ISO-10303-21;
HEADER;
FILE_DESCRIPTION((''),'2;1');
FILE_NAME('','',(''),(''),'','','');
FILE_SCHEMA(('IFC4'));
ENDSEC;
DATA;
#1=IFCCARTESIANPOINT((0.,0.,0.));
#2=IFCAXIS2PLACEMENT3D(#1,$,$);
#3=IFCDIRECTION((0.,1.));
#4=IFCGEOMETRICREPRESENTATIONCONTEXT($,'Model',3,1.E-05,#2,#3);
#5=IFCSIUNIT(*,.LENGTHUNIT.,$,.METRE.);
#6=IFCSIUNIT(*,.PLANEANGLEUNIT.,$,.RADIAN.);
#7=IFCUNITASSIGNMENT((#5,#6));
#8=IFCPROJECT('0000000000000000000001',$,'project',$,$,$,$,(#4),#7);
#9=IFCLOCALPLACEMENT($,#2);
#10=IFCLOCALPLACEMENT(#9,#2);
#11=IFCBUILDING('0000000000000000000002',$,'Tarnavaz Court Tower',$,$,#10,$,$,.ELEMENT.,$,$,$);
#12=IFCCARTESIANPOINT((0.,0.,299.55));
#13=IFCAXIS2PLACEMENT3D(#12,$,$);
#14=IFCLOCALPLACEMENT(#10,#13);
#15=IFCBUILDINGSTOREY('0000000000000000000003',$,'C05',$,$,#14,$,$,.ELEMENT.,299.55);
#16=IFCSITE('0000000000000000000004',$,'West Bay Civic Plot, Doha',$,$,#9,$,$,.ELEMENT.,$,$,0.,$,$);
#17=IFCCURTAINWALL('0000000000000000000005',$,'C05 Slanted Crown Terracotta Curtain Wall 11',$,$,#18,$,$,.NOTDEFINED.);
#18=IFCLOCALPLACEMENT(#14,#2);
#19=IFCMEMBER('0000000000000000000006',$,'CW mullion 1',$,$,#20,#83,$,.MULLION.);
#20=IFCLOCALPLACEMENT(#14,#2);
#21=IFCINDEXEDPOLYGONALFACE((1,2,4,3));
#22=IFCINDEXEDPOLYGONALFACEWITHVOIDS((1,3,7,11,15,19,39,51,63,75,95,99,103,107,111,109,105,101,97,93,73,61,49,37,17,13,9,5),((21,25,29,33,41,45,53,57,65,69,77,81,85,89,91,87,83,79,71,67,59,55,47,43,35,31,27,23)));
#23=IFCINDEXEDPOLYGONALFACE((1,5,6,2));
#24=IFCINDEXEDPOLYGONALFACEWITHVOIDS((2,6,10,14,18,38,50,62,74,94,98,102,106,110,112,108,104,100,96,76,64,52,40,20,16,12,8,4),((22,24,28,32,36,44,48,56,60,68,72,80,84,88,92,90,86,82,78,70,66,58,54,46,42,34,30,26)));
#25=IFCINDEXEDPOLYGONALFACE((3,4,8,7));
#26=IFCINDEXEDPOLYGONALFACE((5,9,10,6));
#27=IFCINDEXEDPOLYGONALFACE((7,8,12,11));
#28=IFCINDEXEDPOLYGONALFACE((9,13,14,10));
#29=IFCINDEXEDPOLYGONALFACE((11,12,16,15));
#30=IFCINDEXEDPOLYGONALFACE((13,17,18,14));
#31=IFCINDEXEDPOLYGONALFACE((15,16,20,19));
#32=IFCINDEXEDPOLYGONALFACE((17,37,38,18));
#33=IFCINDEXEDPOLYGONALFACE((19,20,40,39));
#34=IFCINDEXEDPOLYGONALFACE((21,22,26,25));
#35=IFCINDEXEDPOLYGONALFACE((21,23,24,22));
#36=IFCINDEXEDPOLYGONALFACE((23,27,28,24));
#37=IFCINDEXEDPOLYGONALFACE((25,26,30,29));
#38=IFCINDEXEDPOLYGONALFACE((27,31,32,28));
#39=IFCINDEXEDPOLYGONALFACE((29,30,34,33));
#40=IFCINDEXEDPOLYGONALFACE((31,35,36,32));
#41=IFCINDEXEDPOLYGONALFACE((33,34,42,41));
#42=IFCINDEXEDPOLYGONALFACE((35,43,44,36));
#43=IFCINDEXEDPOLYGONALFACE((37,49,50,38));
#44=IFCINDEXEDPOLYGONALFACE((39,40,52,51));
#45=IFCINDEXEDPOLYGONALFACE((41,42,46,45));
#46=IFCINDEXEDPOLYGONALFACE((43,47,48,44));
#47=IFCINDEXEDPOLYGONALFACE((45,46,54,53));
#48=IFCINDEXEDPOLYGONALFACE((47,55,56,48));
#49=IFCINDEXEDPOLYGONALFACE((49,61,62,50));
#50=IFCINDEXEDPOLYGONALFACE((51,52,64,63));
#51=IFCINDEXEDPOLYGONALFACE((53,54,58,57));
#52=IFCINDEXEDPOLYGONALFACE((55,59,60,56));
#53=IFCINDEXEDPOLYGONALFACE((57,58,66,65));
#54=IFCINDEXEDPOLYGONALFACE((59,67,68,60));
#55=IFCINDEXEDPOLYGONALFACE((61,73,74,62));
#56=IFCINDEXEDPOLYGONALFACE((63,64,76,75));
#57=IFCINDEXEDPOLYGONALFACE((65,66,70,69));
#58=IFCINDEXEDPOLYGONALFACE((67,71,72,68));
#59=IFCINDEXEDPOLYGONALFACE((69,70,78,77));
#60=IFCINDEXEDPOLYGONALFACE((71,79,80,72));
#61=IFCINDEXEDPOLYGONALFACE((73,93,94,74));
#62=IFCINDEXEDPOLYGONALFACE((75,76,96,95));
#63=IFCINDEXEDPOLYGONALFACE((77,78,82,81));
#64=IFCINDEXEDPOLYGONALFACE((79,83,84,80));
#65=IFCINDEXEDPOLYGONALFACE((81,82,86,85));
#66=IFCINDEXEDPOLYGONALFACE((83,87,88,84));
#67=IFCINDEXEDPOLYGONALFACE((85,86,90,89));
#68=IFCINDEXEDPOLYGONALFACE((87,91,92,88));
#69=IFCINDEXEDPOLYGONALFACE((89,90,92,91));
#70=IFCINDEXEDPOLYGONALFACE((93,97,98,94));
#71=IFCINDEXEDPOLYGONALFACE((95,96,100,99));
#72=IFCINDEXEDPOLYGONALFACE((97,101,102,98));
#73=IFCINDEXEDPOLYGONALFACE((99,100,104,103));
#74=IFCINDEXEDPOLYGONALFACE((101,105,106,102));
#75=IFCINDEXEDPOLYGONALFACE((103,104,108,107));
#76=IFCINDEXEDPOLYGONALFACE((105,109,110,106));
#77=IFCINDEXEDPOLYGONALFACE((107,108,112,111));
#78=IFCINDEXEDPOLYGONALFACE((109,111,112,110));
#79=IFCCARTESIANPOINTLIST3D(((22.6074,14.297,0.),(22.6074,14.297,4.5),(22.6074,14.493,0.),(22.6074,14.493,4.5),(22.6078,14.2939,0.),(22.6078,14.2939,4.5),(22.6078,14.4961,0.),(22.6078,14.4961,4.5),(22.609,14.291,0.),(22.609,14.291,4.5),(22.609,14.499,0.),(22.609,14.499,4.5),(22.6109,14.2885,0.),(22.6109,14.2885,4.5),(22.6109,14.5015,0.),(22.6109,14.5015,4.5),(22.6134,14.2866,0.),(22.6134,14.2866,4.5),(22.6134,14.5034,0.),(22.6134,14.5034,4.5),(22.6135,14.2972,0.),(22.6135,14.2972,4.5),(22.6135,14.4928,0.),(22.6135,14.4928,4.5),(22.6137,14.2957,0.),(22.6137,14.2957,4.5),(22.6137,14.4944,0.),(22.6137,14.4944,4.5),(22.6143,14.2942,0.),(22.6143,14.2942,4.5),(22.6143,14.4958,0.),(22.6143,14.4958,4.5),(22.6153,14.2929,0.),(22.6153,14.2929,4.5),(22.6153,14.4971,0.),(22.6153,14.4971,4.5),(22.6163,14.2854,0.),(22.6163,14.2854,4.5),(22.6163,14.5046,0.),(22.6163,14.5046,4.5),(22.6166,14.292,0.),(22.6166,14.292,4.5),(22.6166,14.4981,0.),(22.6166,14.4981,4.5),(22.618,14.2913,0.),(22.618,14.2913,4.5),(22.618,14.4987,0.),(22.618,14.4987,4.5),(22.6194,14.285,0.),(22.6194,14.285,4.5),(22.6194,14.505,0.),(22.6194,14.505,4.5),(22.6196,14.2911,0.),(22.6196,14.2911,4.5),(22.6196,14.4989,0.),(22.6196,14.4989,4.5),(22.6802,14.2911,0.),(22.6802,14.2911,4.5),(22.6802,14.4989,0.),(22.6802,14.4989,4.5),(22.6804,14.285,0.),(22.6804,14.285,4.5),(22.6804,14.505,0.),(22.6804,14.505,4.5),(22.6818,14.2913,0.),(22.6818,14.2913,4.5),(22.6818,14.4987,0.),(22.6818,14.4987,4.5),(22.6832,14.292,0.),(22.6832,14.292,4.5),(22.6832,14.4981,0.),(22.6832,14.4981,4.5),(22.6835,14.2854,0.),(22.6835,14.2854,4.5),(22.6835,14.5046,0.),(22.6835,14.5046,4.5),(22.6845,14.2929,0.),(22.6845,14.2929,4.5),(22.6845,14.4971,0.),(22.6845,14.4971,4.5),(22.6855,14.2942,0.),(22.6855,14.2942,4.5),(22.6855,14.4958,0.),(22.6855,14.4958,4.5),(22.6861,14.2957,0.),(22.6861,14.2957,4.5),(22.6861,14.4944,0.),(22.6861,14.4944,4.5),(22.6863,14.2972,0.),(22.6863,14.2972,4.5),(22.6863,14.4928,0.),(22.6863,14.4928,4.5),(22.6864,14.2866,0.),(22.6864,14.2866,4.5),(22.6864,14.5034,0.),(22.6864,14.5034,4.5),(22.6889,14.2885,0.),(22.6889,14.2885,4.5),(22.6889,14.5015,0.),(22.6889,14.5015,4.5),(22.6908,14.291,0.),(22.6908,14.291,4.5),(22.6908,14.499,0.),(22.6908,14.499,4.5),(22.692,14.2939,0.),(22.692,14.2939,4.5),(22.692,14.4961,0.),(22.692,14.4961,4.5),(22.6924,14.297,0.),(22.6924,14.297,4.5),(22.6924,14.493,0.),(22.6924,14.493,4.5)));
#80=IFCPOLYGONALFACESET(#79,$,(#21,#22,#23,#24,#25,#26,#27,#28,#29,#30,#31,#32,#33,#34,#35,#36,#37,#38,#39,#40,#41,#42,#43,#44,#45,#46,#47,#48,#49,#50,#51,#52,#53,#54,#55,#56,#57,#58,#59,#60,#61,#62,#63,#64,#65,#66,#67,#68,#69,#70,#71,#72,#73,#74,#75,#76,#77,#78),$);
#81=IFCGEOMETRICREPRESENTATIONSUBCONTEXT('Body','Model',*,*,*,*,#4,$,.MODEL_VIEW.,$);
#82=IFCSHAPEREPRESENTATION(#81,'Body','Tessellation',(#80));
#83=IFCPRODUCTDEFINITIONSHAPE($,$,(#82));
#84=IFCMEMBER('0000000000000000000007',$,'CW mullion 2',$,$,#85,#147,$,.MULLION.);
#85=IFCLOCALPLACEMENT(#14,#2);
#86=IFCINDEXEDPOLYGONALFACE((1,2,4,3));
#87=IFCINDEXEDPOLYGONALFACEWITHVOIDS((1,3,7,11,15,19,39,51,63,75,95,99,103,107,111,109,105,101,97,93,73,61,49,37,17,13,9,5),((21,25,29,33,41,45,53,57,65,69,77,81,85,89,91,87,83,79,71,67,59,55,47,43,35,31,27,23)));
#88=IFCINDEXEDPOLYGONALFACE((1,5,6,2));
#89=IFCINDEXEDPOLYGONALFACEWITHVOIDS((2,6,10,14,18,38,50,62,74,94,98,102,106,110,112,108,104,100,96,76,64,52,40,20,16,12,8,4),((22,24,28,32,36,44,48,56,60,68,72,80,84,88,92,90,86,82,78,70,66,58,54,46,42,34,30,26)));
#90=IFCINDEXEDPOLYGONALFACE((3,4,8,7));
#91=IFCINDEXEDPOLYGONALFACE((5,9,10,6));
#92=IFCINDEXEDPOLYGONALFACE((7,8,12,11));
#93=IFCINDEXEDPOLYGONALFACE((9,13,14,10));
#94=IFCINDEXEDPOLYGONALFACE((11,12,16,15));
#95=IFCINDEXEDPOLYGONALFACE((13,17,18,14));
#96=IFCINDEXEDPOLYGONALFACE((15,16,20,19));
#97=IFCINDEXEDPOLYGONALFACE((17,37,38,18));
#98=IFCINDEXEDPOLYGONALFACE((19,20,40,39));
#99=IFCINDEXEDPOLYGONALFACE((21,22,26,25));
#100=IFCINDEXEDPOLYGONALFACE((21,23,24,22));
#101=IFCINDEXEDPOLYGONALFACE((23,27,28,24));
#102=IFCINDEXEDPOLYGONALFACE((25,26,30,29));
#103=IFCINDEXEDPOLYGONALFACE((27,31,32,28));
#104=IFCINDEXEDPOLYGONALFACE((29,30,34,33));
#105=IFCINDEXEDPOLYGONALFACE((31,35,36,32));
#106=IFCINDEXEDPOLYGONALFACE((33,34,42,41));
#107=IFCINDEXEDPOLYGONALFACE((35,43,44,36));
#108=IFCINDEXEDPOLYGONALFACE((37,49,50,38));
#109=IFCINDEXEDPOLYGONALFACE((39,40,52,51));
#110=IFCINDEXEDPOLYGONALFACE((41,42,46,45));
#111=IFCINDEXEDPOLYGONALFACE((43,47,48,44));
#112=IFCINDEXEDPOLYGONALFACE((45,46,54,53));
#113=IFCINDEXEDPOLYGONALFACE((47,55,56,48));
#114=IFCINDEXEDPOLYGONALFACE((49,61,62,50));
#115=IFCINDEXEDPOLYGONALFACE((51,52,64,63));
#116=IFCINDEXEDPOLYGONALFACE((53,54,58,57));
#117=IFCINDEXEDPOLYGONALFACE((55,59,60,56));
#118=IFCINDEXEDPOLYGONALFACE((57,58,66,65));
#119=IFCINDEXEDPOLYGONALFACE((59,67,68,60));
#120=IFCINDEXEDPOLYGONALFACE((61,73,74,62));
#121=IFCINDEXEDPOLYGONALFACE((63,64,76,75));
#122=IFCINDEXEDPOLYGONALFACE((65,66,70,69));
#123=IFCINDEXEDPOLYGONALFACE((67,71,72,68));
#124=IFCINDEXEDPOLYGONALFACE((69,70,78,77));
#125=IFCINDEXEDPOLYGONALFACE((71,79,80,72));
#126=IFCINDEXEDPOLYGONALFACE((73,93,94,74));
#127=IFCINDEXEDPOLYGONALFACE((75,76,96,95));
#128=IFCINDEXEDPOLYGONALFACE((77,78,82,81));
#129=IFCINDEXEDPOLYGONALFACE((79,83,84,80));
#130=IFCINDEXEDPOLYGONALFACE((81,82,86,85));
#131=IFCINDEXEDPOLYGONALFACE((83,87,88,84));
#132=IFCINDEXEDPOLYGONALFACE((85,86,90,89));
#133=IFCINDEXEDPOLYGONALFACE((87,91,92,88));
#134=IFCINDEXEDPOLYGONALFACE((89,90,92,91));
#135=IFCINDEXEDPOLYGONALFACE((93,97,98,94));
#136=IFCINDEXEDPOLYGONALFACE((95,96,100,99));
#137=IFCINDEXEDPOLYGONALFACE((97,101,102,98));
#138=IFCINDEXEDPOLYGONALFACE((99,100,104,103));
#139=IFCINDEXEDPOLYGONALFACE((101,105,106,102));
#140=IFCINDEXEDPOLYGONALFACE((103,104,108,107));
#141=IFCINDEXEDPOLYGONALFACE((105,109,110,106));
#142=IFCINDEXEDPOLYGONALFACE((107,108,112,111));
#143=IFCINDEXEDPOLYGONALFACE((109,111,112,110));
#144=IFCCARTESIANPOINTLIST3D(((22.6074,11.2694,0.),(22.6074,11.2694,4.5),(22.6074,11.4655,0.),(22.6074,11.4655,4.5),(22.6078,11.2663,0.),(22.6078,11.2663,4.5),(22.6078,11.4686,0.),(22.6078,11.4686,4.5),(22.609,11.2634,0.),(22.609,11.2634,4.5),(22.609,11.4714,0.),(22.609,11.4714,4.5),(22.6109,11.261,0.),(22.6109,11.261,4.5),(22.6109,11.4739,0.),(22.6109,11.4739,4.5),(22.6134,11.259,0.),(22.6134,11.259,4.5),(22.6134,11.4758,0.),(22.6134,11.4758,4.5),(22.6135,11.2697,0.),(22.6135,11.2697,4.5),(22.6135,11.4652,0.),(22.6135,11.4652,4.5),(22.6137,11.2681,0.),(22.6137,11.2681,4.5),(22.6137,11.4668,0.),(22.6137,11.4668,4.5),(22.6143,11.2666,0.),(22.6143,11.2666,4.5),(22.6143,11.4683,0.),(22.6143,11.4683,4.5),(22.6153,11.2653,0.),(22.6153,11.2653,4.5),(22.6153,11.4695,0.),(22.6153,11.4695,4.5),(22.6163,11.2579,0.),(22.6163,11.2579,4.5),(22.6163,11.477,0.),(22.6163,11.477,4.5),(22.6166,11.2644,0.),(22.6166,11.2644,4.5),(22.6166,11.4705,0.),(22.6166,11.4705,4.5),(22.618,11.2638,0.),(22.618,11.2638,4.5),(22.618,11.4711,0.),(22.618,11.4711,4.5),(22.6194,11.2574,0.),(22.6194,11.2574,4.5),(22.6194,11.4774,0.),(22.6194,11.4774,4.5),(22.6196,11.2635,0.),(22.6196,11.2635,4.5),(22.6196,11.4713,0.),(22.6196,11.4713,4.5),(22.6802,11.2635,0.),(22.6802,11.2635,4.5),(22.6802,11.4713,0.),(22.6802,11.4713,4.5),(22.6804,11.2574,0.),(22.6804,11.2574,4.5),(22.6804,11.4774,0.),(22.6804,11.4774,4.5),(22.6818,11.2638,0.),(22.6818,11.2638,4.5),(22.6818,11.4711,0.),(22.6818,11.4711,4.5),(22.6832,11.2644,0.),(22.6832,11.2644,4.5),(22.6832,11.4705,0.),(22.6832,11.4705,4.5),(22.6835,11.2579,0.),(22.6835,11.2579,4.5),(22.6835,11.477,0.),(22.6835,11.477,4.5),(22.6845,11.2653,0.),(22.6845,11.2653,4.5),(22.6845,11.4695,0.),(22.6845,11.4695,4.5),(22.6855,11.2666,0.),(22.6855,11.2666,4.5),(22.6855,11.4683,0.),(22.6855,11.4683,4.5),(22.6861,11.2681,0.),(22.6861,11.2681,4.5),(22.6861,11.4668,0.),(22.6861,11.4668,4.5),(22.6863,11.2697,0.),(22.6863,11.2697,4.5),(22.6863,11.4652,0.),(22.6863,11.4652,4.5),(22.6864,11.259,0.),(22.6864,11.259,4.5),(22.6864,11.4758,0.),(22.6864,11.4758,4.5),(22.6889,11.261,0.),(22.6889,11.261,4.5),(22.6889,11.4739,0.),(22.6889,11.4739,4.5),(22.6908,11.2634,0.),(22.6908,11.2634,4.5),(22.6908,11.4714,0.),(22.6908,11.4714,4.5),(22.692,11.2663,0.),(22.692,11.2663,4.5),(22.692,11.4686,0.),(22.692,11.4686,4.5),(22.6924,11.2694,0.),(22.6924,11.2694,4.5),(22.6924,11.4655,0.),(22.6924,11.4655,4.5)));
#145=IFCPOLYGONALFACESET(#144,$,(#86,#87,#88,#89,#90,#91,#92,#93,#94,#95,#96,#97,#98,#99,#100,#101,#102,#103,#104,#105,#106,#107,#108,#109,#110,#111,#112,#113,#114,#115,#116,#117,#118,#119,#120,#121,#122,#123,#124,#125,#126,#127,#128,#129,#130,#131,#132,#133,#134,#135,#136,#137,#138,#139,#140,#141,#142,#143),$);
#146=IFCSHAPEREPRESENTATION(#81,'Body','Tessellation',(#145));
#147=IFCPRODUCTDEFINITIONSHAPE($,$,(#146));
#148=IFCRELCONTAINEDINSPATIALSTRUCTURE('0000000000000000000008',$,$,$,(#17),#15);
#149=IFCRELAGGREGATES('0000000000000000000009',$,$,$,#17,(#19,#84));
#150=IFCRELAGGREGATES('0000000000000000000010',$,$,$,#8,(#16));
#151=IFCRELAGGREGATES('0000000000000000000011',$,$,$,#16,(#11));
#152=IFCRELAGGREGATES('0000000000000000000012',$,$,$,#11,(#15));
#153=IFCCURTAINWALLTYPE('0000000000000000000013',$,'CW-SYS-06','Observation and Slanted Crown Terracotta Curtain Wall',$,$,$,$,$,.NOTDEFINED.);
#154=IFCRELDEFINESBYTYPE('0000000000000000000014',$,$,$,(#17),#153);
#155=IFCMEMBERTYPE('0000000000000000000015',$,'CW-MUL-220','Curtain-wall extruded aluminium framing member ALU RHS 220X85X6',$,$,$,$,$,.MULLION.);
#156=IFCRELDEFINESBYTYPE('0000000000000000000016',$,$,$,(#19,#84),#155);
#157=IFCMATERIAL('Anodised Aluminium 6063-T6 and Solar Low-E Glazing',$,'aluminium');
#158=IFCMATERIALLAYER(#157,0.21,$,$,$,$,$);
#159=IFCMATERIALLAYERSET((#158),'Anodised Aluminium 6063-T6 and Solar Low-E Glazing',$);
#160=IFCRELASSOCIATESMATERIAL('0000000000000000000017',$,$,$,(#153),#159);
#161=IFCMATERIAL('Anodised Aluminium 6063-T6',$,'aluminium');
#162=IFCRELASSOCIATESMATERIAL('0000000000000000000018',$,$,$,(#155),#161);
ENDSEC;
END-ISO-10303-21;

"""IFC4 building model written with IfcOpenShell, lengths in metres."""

from ifc_helpers import new_model, si_unit, direction, frame, origin, origin_2d, place, context, subcontext, project, spatial, hollow_rectangle, extrude, material, layer, layer_set, material_profile, profile_set, type_object, element, aggregate, save


model = new_model("IFC4")

# Units and contexts
model_context = context("Model", 3, precision=1e-05, world=origin(), true_north=direction((0.0, 1.0)))
body_context = subcontext(model_context, "Body", "Model", "MODEL_VIEW")
ifc_project = project(units=[si_unit("LENGTHUNIT", "METRE"), si_unit("PLANEANGLEUNIT", "RADIAN")], contexts=[model_context])

# Site, building, storey
site_placement = place(None, origin())
site = spatial("IfcSite", under=ifc_project, at=site_placement, Name="West Bay Civic Plot, Doha", CompositionType="ELEMENT", RefElevation=0.0)
building_placement = place(site_placement, origin())
building = spatial("IfcBuilding", under=site, at=building_placement, Name="Tarnavaz Court Tower", CompositionType="ELEMENT")
storey_placement = place(building_placement, frame((0.0, 0.0, 299.55)))
storey = spatial("IfcBuildingStorey", under=building, at=storey_placement, Name="C05", CompositionType="ELEMENT", Elevation=299.55)

# Shared definitions
ifc_material_1 = material(Name="Anodised Aluminium 6063-T6 and Solar Low-E Glazing", Category="aluminium")
ifc_layer_1 = layer(ifc_material_1, 0.21)
ifc_layer_set_1 = layer_set([ifc_layer_1], Name="Anodised Aluminium 6063-T6 and Solar Low-E Glazing")
curtain_wall_type = type_object("IfcCurtainWallType", Name="CW-SYS-06", Description="Observation and Slanted Crown Terracotta Curtain Wall", PredefinedType="NOTDEFINED", material=ifc_layer_set_1)
ifc_material_2 = material(Name="Anodised Aluminium 6063-T6", Category="aluminium")
ifc_material_profile_1 = material_profile(ifc_material_2, hollow_rectangle(XDim=0.085, YDim=0.22, WallThickness=0.0061, InnerFilletRadius=0.0061, OuterFilletRadius=0.012, at=origin_2d()), Name="ALU RHS 220X85X6")
ifc_profile_set_1 = profile_set([ifc_material_profile_1], Name="Anodised Aluminium 6063-T6")
member_type_1 = type_object("IfcMemberType", Name="CW-MUL-220", Description="Curtain-wall extruded aluminium framing member ALU RHS 220X85X6", PredefinedType="MULLION", material=ifc_profile_set_1)

# Curtain wall, members
curtain_wall_1_placement = place(storey_placement, origin())
curtain_wall_1 = element("IfcCurtainWall", 1, at=curtain_wall_1_placement, inside=storey, type_object=curtain_wall_type, Name="C05 Slanted Crown Terracotta Curtain Wall 11", PredefinedType="NOTDEFINED")
member_1_placement = place(storey_placement, frame((22.6499, 14.395, 0.0), z_axis=(0.0, 0.0, 1.0), x_axis=(1.0, 0.0, 0.0)))
member_1 = element("IfcMember", 2, at=member_1_placement, type_object=member_type_1, Name="CW mullion 1", PredefinedType="MULLION", context=body_context, shape_type="SweptSolid", body=[
    extrude(hollow_rectangle(XDim=0.085, YDim=0.22, WallThickness=0.0061, InnerFilletRadius=0.0061, OuterFilletRadius=0.012, at=origin_2d()), origin(), (0.0, 0.0, 1.0), 4.5),
])
member_2_placement = place(storey_placement, frame((22.6499, 11.3674, 0.0), z_axis=(0.0, 0.0, 1.0), x_axis=(1.0, 0.0, 0.0)))
member_2 = element("IfcMember", 3, at=member_2_placement, type_object=member_type_1, Name="CW mullion 2", PredefinedType="MULLION", context=body_context, shape_type="SweptSolid", body=[
    extrude(hollow_rectangle(XDim=0.085, YDim=0.22, WallThickness=0.0061, InnerFilletRadius=0.0061, OuterFilletRadius=0.012, at=origin_2d()), origin(), (0.0, 0.0, 1.0), 4.5),
])

aggregate(curtain_wall_1, [member_1, member_2])

save(model, "model.ifc")
